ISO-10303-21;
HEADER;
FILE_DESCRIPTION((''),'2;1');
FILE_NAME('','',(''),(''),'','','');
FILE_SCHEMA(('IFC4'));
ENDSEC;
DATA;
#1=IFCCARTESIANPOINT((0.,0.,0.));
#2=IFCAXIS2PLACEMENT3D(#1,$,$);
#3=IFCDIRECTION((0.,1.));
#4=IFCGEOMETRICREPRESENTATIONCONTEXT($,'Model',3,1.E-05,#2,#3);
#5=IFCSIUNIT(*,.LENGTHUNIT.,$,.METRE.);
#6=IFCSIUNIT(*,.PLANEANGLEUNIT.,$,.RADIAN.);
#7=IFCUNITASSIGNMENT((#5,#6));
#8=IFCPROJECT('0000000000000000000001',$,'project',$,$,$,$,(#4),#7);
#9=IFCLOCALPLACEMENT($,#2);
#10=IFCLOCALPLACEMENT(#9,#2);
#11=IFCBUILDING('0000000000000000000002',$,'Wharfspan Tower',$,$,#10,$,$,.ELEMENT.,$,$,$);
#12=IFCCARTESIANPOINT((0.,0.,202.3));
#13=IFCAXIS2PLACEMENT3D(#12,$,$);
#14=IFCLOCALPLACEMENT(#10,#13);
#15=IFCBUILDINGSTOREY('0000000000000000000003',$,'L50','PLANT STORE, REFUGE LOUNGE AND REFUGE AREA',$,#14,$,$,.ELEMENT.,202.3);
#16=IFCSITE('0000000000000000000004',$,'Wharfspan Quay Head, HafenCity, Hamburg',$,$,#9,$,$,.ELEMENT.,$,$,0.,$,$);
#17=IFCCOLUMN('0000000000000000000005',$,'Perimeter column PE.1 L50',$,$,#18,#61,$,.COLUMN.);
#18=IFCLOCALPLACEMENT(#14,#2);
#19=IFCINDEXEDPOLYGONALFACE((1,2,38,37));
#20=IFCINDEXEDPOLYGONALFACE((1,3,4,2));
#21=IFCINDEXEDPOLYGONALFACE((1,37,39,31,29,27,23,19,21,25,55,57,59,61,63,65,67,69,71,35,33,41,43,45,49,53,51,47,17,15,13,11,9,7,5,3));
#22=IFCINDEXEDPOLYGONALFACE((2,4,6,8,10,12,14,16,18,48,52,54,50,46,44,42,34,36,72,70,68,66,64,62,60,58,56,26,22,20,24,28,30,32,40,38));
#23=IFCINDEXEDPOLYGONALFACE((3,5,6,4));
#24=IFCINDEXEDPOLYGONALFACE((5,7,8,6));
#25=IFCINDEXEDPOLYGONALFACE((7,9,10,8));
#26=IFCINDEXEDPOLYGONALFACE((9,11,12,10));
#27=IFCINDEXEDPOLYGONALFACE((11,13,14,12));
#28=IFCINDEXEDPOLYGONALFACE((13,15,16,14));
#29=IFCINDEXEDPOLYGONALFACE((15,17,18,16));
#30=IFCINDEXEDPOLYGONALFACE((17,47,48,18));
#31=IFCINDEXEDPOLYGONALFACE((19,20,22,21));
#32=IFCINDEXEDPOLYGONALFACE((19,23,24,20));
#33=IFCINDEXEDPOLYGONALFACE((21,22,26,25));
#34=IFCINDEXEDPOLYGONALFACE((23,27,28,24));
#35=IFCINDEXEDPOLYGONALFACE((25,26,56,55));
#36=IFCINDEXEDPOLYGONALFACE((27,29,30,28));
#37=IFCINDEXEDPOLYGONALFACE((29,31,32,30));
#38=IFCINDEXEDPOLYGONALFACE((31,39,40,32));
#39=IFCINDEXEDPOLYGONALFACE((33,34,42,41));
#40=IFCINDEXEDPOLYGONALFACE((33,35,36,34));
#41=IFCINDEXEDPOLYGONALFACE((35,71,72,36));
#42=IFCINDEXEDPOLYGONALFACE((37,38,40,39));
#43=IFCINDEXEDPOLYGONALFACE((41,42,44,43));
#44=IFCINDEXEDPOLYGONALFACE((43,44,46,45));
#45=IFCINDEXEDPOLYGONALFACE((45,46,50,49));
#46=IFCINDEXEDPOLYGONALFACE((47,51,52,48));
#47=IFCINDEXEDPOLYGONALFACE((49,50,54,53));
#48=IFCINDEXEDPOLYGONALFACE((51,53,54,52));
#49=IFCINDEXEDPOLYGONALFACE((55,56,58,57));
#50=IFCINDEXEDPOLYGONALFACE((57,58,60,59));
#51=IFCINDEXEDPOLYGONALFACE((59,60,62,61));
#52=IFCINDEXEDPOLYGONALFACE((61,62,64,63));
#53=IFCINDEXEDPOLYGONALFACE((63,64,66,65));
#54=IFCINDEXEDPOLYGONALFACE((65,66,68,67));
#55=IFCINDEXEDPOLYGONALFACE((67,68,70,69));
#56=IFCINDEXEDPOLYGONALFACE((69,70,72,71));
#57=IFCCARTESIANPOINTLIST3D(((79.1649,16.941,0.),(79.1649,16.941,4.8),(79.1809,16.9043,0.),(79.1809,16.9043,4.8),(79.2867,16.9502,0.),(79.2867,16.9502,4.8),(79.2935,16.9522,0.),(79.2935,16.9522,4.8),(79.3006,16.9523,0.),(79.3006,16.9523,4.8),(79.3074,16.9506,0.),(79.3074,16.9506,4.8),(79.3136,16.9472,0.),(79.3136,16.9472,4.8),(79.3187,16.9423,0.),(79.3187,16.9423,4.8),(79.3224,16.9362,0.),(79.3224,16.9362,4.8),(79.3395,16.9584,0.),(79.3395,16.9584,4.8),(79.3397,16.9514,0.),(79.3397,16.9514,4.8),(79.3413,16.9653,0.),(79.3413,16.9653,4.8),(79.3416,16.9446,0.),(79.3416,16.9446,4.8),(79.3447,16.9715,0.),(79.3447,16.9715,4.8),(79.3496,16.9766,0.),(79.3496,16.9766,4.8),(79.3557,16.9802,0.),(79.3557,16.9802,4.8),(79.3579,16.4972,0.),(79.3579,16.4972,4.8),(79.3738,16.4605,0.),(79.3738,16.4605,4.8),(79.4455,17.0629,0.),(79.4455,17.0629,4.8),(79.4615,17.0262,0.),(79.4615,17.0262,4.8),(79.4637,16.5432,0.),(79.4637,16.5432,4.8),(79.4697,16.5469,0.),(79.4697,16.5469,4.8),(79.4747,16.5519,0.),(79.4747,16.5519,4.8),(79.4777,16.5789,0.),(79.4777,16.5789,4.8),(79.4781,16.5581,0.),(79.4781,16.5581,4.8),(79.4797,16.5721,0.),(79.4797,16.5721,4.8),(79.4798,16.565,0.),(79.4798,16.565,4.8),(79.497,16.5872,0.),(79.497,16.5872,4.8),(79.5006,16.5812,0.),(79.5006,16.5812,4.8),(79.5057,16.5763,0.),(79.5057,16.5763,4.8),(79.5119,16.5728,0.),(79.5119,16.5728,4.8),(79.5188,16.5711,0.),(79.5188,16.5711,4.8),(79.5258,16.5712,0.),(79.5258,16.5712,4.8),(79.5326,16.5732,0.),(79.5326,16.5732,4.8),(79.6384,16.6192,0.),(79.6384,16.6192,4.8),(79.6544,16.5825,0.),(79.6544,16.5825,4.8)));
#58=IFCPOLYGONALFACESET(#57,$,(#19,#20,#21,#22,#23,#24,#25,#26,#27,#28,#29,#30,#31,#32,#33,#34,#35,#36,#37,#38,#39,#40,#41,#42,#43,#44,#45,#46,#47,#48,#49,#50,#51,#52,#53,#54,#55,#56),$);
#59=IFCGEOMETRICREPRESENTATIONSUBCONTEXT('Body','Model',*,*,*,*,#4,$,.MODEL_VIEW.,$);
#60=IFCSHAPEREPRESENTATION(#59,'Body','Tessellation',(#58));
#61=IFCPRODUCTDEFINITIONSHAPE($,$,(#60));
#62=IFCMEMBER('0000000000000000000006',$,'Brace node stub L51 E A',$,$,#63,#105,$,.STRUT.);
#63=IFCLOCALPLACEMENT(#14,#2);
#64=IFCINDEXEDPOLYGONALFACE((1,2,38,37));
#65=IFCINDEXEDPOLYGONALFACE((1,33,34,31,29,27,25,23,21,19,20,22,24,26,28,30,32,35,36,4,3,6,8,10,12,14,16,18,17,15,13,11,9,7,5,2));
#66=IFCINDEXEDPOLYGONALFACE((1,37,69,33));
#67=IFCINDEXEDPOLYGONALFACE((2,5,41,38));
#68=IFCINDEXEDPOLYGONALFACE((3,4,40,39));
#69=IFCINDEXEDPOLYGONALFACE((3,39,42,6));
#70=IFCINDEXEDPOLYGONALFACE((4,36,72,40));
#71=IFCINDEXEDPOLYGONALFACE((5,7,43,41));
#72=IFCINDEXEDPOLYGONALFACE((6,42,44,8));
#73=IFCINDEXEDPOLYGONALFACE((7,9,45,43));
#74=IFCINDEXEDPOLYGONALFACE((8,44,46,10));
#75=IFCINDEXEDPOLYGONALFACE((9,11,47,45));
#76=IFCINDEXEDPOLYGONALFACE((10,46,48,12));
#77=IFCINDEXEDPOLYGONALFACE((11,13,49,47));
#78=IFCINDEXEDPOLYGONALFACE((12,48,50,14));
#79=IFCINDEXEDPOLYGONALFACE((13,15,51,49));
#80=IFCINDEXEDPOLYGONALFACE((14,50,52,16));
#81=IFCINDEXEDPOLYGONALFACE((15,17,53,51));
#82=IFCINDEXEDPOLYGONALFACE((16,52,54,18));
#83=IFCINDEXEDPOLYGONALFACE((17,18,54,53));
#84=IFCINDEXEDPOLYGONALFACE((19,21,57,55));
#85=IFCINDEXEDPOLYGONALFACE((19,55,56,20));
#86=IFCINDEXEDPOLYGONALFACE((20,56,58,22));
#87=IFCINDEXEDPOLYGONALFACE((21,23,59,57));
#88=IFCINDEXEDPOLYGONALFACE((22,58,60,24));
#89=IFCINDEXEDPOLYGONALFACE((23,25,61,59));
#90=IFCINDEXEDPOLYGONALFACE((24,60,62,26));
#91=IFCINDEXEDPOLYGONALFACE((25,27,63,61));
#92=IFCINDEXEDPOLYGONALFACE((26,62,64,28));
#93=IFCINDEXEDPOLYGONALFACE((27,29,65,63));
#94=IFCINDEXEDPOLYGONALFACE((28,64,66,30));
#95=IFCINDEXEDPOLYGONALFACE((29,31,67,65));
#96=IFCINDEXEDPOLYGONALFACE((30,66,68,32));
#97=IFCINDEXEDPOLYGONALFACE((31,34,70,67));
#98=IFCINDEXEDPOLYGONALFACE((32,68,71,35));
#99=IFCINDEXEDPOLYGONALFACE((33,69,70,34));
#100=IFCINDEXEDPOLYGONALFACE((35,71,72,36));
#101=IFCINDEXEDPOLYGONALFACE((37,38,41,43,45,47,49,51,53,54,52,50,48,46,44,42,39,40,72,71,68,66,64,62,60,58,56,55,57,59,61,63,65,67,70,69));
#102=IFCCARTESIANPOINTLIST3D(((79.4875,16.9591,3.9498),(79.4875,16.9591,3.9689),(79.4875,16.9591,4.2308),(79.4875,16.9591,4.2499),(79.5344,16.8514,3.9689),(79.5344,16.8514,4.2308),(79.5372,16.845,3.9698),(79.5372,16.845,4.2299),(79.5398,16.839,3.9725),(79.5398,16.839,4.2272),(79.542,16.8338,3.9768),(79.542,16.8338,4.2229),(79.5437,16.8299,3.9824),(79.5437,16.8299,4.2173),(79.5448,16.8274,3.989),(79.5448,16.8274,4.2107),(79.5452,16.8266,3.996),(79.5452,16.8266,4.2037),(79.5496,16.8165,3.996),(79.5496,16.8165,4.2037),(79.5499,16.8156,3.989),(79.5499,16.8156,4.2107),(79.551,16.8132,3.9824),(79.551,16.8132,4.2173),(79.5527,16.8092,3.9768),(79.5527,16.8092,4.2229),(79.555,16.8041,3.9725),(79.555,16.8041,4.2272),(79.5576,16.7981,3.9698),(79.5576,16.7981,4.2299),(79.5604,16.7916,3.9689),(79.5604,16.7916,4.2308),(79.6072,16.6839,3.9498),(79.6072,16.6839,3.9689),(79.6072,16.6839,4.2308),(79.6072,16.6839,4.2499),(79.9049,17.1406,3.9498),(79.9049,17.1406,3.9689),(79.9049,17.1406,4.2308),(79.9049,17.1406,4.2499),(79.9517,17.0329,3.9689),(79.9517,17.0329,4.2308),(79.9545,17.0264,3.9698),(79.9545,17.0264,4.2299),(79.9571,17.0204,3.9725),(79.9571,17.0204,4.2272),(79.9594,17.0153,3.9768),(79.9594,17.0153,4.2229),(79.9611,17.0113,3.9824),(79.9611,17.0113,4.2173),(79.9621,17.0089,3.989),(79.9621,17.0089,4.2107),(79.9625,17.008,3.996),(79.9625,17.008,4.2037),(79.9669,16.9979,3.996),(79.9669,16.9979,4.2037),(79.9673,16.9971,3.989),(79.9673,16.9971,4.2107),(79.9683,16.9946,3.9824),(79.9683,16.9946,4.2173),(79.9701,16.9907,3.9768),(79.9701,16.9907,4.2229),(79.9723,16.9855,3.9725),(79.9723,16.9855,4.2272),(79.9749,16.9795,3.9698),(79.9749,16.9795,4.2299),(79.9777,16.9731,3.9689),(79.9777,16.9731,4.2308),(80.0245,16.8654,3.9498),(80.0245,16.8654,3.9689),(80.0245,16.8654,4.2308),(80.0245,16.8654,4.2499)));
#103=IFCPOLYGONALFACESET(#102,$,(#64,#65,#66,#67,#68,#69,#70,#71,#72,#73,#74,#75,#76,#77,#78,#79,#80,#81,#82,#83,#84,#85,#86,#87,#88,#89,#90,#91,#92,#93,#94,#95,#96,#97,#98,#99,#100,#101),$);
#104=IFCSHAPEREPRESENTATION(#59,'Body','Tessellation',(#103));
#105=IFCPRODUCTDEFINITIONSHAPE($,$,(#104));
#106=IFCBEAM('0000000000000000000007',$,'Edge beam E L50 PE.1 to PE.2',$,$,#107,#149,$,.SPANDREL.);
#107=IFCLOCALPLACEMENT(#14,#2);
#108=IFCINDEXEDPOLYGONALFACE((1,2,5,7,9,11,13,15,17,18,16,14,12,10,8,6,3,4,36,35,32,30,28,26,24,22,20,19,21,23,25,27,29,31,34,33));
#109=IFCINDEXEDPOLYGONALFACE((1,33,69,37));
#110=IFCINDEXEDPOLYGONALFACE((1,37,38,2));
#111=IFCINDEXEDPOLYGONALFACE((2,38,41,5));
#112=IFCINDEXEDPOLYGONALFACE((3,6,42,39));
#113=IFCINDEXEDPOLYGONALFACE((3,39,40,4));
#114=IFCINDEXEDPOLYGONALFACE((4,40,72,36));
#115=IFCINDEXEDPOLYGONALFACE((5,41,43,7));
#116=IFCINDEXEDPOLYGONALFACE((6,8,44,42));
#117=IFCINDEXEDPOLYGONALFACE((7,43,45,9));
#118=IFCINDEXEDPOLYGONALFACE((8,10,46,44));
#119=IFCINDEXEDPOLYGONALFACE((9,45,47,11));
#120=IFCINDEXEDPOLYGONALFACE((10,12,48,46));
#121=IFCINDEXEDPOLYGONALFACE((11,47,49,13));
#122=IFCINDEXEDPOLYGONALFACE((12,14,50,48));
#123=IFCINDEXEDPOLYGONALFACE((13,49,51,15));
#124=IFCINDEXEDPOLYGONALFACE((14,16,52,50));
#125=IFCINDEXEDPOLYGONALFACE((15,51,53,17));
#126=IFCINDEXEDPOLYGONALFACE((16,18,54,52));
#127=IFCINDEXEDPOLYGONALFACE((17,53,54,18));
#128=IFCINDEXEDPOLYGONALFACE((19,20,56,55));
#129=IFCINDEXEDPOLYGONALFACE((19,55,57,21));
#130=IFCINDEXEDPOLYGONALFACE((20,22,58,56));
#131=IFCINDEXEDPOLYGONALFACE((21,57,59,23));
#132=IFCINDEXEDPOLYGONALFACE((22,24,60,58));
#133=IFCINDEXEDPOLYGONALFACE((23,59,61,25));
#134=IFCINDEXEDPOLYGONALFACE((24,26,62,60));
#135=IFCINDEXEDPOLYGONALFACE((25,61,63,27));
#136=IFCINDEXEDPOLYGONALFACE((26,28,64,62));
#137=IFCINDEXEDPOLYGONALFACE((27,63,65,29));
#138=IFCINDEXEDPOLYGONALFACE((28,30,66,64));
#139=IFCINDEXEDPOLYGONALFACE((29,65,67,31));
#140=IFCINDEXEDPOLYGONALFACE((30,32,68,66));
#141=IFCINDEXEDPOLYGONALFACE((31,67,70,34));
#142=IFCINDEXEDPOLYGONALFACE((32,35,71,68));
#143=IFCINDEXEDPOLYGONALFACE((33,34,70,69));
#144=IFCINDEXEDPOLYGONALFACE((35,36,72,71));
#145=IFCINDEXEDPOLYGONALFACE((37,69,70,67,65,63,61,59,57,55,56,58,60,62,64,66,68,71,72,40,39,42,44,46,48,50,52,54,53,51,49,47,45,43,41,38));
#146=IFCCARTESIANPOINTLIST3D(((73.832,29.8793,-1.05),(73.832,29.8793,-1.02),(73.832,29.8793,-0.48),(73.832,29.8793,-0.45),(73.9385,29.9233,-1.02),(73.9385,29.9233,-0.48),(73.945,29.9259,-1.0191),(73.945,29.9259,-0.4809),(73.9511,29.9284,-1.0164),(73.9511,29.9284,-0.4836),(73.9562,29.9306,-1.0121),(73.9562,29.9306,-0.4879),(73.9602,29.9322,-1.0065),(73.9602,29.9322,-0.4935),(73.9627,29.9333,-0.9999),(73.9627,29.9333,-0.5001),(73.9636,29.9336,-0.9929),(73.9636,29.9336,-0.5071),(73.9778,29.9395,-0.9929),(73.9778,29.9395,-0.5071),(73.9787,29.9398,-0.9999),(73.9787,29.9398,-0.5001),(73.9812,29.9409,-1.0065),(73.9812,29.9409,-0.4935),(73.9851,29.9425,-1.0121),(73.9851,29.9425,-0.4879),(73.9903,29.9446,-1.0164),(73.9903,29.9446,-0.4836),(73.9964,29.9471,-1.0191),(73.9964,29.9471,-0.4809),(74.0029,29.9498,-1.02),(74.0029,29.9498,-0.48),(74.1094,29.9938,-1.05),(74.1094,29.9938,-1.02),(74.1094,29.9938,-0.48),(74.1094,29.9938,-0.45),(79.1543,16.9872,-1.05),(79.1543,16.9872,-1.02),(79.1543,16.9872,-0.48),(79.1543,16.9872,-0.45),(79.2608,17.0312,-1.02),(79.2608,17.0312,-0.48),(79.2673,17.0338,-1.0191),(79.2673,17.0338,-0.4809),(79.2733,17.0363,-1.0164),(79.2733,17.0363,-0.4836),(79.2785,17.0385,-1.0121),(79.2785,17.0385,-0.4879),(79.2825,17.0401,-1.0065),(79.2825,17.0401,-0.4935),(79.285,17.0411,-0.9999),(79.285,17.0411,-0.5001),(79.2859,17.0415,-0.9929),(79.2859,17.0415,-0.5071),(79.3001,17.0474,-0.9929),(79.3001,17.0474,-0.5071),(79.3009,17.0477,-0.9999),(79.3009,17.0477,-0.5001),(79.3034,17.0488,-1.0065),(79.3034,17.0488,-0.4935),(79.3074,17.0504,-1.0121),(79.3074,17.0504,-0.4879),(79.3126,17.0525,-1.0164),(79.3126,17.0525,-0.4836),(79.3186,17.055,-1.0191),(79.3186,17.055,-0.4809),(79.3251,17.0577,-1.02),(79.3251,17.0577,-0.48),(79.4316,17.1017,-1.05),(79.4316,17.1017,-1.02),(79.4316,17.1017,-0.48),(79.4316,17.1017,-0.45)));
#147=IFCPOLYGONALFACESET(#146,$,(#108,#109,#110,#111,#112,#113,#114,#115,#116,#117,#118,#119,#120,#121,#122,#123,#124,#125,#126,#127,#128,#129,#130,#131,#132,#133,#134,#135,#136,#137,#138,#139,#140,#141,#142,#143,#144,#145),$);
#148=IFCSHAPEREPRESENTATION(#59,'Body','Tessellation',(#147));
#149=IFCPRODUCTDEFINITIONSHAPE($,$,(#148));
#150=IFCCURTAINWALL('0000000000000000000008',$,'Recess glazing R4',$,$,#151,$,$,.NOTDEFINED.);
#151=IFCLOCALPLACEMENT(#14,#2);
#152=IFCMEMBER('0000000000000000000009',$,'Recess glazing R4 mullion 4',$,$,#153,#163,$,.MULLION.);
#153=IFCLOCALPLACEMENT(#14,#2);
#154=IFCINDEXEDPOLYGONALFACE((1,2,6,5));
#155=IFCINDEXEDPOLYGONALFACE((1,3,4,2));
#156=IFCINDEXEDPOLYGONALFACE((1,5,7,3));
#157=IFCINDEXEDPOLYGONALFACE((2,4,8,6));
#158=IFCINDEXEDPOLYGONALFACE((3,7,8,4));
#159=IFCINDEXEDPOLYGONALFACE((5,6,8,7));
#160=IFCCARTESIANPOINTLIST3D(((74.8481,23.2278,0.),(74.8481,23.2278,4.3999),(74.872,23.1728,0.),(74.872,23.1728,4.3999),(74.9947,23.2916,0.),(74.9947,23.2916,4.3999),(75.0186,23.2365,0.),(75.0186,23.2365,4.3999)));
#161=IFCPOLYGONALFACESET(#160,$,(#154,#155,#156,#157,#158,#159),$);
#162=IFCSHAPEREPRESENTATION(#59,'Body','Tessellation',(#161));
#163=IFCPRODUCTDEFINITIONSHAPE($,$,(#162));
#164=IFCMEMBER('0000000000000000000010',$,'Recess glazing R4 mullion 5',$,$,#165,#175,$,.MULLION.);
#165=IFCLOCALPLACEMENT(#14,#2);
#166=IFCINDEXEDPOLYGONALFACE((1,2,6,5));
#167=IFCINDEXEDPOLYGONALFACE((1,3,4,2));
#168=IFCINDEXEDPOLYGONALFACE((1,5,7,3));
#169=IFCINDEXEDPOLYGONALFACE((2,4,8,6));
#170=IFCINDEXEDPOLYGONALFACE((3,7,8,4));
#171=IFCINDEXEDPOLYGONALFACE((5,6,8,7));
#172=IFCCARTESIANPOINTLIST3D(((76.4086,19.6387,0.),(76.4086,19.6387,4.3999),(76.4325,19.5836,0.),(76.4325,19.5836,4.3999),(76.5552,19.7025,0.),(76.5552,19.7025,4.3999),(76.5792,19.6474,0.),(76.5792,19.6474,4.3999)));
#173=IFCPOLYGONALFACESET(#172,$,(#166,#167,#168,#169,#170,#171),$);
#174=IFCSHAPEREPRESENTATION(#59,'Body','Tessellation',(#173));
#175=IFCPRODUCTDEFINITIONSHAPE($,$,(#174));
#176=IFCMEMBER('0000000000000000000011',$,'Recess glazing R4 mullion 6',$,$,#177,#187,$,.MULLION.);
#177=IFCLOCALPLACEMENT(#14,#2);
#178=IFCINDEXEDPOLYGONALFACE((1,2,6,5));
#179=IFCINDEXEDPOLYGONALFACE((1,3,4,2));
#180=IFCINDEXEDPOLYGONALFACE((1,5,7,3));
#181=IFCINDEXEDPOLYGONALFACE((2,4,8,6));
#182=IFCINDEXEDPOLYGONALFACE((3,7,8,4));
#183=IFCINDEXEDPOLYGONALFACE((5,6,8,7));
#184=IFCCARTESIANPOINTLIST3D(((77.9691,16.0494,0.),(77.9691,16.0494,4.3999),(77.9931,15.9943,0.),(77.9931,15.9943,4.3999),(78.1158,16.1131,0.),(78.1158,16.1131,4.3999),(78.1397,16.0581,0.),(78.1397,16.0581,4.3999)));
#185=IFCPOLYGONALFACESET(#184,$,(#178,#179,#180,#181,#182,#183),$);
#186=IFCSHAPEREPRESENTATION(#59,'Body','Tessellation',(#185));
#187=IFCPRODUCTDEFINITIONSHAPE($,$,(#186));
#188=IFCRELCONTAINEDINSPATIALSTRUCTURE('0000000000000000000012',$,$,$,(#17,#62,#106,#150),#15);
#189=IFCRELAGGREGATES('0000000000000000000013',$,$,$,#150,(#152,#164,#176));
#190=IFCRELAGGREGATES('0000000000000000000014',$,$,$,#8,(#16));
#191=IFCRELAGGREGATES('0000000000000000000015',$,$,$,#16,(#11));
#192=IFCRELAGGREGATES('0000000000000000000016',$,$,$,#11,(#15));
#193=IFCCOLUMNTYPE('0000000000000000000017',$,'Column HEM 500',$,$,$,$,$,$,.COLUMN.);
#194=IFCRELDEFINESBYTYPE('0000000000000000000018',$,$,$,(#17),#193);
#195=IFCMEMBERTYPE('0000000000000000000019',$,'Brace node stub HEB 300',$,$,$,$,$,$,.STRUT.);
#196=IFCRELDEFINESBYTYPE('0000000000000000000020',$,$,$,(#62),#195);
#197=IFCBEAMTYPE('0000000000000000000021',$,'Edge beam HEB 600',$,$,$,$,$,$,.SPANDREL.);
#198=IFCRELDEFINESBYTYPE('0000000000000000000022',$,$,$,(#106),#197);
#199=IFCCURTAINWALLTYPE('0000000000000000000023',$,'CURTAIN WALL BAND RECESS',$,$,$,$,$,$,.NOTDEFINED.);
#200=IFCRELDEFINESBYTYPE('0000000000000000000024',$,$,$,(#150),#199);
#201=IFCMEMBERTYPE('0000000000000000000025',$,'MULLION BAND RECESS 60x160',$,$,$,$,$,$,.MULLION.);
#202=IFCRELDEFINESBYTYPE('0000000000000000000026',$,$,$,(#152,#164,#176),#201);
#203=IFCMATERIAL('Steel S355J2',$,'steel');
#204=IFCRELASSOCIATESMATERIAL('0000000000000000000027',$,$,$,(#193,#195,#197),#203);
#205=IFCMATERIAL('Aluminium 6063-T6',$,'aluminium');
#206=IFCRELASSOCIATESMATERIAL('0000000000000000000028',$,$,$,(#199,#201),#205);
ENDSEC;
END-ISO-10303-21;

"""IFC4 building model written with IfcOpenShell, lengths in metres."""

from ifc_helpers import new_model, si_unit, direction, frame, origin, origin_2d, place, context, subcontext, project, spatial, rectangle, i_section, extrude, material, material_profile, profile_set, type_object, element, aggregate, save


model = new_model("IFC4")

# Units and contexts
model_context = context("Model", 3, precision=1e-05, world=origin(), true_north=direction((0.0, 1.0)))
body_context = subcontext(model_context, "Body", "Model", "MODEL_VIEW")
ifc_project = project(units=[si_unit("LENGTHUNIT", "METRE"), si_unit("PLANEANGLEUNIT", "RADIAN")], contexts=[model_context])

# Site, building, storey
site_placement = place(None, origin())
site = spatial("IfcSite", under=ifc_project, at=site_placement, Name="Wharfspan Quay Head, HafenCity, Hamburg", CompositionType="ELEMENT", RefElevation=0.0)
building_placement = place(site_placement, origin())
building = spatial("IfcBuilding", under=site, at=building_placement, Name="Wharfspan Tower", CompositionType="ELEMENT")
storey_placement = place(building_placement, frame((0.0, 0.0, 202.3)))
storey = spatial("IfcBuildingStorey", under=building, at=storey_placement, Name="L50", Description="PLANT STORE, REFUGE LOUNGE AND REFUGE AREA", CompositionType="ELEMENT", Elevation=202.3)

# Column
ifc_material_1 = material(Name="Steel S355J2", Category="steel")
ifc_material_profile_1 = material_profile(ifc_material_1, i_section(OverallWidth=0.3059, OverallDepth=0.5239, WebThickness=0.021, FlangeThickness=0.04, FilletRadius=0.0271, at=origin_2d()))
ifc_profile_set_1 = profile_set([ifc_material_profile_1], Name="Steel S355J2")
column_type = type_object("IfcColumnType", Name="Column HEM 500", PredefinedType="COLUMN", material=ifc_profile_set_1)
column_placement = place(storey_placement, frame((79.4097, 16.7617, 0.0), z_axis=(0.0, 0.0, 1.0), x_axis=(0.917072, 0.398727, 0.0)))
element("IfcColumn", 1, at=column_placement, inside=storey, type_object=column_type, Name="Perimeter column PE.1 L50", PredefinedType="COLUMN", context=body_context, shape_type="SweptSolid", body=[
    extrude(i_section(OverallWidth=0.3059, OverallDepth=0.5239, WebThickness=0.021, FlangeThickness=0.04, FilletRadius=0.0271, at=origin_2d()), origin(), (0.0, 0.0, 1.0), 4.8),
])

# Member
ifc_material_profile_2 = material_profile(ifc_material_1, i_section(OverallWidth=0.3, OverallDepth=0.3, WebThickness=0.011, FlangeThickness=0.019, FilletRadius=0.0271, at=origin_2d()))
ifc_profile_set_2 = profile_set([ifc_material_profile_2], Name="Steel S355J2")
member_type_1 = type_object("IfcMemberType", Name="Brace node stub HEB 300", PredefinedType="STRUT", material=ifc_profile_set_2)
member_1_placement = place(storey_placement, frame((79.5474, 16.8215, 4.0999), z_axis=(0.917079, 0.398706, 0.0), x_axis=(-0.398706, 0.917079, 0.0)))
element("IfcMember", 2, at=member_1_placement, inside=storey, type_object=member_type_1, Name="Brace node stub L51 E A", PredefinedType="STRUT", context=body_context, shape_type="SweptSolid", body=[
    extrude(i_section(OverallWidth=0.3, OverallDepth=0.3, WebThickness=0.011, FlangeThickness=0.019, FilletRadius=0.0271, at=origin_2d()), origin(), (0.0, 0.0, 1.0), 0.4551),
])

# Beam
ifc_material_profile_3 = material_profile(ifc_material_1, i_section(OverallWidth=0.3, OverallDepth=0.6001, WebThickness=0.0154, FlangeThickness=0.03, FilletRadius=0.0271, at=origin_2d()))
ifc_profile_set_3 = profile_set([ifc_material_profile_3], Name="Steel S355J2")
beam_type = type_object("IfcBeamType", Name="Edge beam HEB 600", PredefinedType="SPANDREL", material=ifc_profile_set_3)
beam_placement = place(storey_placement, frame((79.293, 17.0444, -0.75), z_axis=(-0.381593, 0.92433, 0.0), x_axis=(-0.92433, -0.381593, 0.0)))
element("IfcBeam", 3, at=beam_placement, inside=storey, type_object=beam_type, Name="Edge beam E L50 PE.1 to PE.2", PredefinedType="SPANDREL", context=body_context, shape_type="SweptSolid", body=[
    extrude(i_section(OverallWidth=0.3, OverallDepth=0.6001, WebThickness=0.0154, FlangeThickness=0.03, FilletRadius=0.0271, at=origin_2d()), origin(), (0.0, 0.0, 1.0), 13.9475),
])

# Curtain wall, members
ifc_material_2 = material(Name="Aluminium 6063-T6", Category="aluminium")
curtain_wall_type = type_object("IfcCurtainWallType", Name="CURTAIN WALL BAND RECESS", PredefinedType="NOTDEFINED", material=ifc_material_2)
curtain_wall_placement = place(storey_placement, origin())
curtain_wall = element("IfcCurtainWall", 4, at=curtain_wall_placement, inside=storey, type_object=curtain_wall_type, Name="Recess glazing R4", PredefinedType="NOTDEFINED")
ifc_material_profile_4 = material_profile(ifc_material_2, rectangle(XDim=0.1599, YDim=0.0601, at=origin_2d()))
ifc_profile_set_4 = profile_set([ifc_material_profile_4], Name="Aluminium 6063-T6")
member_type_2 = type_object("IfcMemberType", Name="MULLION BAND RECESS 60x160", PredefinedType="MULLION", material=ifc_profile_set_4)
member_2_placement = place(storey_placement, frame((74.9334, 23.2322, 0.0), z_axis=(0.0, 0.0, 1.0), x_axis=(0.917072, 0.398727, 0.0)))
member_2 = element("IfcMember", 5, at=member_2_placement, type_object=member_type_2, Name="Recess glazing R4 mullion 4", PredefinedType="MULLION", context=body_context, shape_type="SweptSolid", body=[
    extrude(rectangle(XDim=0.1599, YDim=0.0601, at=origin_2d()), origin(), (0.0, 0.0, 1.0), 4.3999),
])
member_3_placement = place(storey_placement, frame((76.4939, 19.6431, 0.0), z_axis=(0.0, 0.0, 1.0), x_axis=(0.917072, 0.398727, 0.0)))
member_3 = element("IfcMember", 6, at=member_3_placement, type_object=member_type_2, Name="Recess glazing R4 mullion 5", PredefinedType="MULLION", context=body_context, shape_type="SweptSolid", body=[
    extrude(rectangle(XDim=0.1599, YDim=0.0601, at=origin_2d()), origin(), (0.0, 0.0, 1.0), 4.3999),
])
member_4_placement = place(storey_placement, frame((78.0544, 16.0537, 0.0), z_axis=(0.0, 0.0, 1.0), x_axis=(0.917072, 0.398727, 0.0)))
member_4 = element("IfcMember", 7, at=member_4_placement, type_object=member_type_2, Name="Recess glazing R4 mullion 6", PredefinedType="MULLION", context=body_context, shape_type="SweptSolid", body=[
    extrude(rectangle(XDim=0.1599, YDim=0.0601, at=origin_2d()), origin(), (0.0, 0.0, 1.0), 4.3999),
])

aggregate(curtain_wall, [member_2, member_3, member_4])

save(model, "model.ifc")
